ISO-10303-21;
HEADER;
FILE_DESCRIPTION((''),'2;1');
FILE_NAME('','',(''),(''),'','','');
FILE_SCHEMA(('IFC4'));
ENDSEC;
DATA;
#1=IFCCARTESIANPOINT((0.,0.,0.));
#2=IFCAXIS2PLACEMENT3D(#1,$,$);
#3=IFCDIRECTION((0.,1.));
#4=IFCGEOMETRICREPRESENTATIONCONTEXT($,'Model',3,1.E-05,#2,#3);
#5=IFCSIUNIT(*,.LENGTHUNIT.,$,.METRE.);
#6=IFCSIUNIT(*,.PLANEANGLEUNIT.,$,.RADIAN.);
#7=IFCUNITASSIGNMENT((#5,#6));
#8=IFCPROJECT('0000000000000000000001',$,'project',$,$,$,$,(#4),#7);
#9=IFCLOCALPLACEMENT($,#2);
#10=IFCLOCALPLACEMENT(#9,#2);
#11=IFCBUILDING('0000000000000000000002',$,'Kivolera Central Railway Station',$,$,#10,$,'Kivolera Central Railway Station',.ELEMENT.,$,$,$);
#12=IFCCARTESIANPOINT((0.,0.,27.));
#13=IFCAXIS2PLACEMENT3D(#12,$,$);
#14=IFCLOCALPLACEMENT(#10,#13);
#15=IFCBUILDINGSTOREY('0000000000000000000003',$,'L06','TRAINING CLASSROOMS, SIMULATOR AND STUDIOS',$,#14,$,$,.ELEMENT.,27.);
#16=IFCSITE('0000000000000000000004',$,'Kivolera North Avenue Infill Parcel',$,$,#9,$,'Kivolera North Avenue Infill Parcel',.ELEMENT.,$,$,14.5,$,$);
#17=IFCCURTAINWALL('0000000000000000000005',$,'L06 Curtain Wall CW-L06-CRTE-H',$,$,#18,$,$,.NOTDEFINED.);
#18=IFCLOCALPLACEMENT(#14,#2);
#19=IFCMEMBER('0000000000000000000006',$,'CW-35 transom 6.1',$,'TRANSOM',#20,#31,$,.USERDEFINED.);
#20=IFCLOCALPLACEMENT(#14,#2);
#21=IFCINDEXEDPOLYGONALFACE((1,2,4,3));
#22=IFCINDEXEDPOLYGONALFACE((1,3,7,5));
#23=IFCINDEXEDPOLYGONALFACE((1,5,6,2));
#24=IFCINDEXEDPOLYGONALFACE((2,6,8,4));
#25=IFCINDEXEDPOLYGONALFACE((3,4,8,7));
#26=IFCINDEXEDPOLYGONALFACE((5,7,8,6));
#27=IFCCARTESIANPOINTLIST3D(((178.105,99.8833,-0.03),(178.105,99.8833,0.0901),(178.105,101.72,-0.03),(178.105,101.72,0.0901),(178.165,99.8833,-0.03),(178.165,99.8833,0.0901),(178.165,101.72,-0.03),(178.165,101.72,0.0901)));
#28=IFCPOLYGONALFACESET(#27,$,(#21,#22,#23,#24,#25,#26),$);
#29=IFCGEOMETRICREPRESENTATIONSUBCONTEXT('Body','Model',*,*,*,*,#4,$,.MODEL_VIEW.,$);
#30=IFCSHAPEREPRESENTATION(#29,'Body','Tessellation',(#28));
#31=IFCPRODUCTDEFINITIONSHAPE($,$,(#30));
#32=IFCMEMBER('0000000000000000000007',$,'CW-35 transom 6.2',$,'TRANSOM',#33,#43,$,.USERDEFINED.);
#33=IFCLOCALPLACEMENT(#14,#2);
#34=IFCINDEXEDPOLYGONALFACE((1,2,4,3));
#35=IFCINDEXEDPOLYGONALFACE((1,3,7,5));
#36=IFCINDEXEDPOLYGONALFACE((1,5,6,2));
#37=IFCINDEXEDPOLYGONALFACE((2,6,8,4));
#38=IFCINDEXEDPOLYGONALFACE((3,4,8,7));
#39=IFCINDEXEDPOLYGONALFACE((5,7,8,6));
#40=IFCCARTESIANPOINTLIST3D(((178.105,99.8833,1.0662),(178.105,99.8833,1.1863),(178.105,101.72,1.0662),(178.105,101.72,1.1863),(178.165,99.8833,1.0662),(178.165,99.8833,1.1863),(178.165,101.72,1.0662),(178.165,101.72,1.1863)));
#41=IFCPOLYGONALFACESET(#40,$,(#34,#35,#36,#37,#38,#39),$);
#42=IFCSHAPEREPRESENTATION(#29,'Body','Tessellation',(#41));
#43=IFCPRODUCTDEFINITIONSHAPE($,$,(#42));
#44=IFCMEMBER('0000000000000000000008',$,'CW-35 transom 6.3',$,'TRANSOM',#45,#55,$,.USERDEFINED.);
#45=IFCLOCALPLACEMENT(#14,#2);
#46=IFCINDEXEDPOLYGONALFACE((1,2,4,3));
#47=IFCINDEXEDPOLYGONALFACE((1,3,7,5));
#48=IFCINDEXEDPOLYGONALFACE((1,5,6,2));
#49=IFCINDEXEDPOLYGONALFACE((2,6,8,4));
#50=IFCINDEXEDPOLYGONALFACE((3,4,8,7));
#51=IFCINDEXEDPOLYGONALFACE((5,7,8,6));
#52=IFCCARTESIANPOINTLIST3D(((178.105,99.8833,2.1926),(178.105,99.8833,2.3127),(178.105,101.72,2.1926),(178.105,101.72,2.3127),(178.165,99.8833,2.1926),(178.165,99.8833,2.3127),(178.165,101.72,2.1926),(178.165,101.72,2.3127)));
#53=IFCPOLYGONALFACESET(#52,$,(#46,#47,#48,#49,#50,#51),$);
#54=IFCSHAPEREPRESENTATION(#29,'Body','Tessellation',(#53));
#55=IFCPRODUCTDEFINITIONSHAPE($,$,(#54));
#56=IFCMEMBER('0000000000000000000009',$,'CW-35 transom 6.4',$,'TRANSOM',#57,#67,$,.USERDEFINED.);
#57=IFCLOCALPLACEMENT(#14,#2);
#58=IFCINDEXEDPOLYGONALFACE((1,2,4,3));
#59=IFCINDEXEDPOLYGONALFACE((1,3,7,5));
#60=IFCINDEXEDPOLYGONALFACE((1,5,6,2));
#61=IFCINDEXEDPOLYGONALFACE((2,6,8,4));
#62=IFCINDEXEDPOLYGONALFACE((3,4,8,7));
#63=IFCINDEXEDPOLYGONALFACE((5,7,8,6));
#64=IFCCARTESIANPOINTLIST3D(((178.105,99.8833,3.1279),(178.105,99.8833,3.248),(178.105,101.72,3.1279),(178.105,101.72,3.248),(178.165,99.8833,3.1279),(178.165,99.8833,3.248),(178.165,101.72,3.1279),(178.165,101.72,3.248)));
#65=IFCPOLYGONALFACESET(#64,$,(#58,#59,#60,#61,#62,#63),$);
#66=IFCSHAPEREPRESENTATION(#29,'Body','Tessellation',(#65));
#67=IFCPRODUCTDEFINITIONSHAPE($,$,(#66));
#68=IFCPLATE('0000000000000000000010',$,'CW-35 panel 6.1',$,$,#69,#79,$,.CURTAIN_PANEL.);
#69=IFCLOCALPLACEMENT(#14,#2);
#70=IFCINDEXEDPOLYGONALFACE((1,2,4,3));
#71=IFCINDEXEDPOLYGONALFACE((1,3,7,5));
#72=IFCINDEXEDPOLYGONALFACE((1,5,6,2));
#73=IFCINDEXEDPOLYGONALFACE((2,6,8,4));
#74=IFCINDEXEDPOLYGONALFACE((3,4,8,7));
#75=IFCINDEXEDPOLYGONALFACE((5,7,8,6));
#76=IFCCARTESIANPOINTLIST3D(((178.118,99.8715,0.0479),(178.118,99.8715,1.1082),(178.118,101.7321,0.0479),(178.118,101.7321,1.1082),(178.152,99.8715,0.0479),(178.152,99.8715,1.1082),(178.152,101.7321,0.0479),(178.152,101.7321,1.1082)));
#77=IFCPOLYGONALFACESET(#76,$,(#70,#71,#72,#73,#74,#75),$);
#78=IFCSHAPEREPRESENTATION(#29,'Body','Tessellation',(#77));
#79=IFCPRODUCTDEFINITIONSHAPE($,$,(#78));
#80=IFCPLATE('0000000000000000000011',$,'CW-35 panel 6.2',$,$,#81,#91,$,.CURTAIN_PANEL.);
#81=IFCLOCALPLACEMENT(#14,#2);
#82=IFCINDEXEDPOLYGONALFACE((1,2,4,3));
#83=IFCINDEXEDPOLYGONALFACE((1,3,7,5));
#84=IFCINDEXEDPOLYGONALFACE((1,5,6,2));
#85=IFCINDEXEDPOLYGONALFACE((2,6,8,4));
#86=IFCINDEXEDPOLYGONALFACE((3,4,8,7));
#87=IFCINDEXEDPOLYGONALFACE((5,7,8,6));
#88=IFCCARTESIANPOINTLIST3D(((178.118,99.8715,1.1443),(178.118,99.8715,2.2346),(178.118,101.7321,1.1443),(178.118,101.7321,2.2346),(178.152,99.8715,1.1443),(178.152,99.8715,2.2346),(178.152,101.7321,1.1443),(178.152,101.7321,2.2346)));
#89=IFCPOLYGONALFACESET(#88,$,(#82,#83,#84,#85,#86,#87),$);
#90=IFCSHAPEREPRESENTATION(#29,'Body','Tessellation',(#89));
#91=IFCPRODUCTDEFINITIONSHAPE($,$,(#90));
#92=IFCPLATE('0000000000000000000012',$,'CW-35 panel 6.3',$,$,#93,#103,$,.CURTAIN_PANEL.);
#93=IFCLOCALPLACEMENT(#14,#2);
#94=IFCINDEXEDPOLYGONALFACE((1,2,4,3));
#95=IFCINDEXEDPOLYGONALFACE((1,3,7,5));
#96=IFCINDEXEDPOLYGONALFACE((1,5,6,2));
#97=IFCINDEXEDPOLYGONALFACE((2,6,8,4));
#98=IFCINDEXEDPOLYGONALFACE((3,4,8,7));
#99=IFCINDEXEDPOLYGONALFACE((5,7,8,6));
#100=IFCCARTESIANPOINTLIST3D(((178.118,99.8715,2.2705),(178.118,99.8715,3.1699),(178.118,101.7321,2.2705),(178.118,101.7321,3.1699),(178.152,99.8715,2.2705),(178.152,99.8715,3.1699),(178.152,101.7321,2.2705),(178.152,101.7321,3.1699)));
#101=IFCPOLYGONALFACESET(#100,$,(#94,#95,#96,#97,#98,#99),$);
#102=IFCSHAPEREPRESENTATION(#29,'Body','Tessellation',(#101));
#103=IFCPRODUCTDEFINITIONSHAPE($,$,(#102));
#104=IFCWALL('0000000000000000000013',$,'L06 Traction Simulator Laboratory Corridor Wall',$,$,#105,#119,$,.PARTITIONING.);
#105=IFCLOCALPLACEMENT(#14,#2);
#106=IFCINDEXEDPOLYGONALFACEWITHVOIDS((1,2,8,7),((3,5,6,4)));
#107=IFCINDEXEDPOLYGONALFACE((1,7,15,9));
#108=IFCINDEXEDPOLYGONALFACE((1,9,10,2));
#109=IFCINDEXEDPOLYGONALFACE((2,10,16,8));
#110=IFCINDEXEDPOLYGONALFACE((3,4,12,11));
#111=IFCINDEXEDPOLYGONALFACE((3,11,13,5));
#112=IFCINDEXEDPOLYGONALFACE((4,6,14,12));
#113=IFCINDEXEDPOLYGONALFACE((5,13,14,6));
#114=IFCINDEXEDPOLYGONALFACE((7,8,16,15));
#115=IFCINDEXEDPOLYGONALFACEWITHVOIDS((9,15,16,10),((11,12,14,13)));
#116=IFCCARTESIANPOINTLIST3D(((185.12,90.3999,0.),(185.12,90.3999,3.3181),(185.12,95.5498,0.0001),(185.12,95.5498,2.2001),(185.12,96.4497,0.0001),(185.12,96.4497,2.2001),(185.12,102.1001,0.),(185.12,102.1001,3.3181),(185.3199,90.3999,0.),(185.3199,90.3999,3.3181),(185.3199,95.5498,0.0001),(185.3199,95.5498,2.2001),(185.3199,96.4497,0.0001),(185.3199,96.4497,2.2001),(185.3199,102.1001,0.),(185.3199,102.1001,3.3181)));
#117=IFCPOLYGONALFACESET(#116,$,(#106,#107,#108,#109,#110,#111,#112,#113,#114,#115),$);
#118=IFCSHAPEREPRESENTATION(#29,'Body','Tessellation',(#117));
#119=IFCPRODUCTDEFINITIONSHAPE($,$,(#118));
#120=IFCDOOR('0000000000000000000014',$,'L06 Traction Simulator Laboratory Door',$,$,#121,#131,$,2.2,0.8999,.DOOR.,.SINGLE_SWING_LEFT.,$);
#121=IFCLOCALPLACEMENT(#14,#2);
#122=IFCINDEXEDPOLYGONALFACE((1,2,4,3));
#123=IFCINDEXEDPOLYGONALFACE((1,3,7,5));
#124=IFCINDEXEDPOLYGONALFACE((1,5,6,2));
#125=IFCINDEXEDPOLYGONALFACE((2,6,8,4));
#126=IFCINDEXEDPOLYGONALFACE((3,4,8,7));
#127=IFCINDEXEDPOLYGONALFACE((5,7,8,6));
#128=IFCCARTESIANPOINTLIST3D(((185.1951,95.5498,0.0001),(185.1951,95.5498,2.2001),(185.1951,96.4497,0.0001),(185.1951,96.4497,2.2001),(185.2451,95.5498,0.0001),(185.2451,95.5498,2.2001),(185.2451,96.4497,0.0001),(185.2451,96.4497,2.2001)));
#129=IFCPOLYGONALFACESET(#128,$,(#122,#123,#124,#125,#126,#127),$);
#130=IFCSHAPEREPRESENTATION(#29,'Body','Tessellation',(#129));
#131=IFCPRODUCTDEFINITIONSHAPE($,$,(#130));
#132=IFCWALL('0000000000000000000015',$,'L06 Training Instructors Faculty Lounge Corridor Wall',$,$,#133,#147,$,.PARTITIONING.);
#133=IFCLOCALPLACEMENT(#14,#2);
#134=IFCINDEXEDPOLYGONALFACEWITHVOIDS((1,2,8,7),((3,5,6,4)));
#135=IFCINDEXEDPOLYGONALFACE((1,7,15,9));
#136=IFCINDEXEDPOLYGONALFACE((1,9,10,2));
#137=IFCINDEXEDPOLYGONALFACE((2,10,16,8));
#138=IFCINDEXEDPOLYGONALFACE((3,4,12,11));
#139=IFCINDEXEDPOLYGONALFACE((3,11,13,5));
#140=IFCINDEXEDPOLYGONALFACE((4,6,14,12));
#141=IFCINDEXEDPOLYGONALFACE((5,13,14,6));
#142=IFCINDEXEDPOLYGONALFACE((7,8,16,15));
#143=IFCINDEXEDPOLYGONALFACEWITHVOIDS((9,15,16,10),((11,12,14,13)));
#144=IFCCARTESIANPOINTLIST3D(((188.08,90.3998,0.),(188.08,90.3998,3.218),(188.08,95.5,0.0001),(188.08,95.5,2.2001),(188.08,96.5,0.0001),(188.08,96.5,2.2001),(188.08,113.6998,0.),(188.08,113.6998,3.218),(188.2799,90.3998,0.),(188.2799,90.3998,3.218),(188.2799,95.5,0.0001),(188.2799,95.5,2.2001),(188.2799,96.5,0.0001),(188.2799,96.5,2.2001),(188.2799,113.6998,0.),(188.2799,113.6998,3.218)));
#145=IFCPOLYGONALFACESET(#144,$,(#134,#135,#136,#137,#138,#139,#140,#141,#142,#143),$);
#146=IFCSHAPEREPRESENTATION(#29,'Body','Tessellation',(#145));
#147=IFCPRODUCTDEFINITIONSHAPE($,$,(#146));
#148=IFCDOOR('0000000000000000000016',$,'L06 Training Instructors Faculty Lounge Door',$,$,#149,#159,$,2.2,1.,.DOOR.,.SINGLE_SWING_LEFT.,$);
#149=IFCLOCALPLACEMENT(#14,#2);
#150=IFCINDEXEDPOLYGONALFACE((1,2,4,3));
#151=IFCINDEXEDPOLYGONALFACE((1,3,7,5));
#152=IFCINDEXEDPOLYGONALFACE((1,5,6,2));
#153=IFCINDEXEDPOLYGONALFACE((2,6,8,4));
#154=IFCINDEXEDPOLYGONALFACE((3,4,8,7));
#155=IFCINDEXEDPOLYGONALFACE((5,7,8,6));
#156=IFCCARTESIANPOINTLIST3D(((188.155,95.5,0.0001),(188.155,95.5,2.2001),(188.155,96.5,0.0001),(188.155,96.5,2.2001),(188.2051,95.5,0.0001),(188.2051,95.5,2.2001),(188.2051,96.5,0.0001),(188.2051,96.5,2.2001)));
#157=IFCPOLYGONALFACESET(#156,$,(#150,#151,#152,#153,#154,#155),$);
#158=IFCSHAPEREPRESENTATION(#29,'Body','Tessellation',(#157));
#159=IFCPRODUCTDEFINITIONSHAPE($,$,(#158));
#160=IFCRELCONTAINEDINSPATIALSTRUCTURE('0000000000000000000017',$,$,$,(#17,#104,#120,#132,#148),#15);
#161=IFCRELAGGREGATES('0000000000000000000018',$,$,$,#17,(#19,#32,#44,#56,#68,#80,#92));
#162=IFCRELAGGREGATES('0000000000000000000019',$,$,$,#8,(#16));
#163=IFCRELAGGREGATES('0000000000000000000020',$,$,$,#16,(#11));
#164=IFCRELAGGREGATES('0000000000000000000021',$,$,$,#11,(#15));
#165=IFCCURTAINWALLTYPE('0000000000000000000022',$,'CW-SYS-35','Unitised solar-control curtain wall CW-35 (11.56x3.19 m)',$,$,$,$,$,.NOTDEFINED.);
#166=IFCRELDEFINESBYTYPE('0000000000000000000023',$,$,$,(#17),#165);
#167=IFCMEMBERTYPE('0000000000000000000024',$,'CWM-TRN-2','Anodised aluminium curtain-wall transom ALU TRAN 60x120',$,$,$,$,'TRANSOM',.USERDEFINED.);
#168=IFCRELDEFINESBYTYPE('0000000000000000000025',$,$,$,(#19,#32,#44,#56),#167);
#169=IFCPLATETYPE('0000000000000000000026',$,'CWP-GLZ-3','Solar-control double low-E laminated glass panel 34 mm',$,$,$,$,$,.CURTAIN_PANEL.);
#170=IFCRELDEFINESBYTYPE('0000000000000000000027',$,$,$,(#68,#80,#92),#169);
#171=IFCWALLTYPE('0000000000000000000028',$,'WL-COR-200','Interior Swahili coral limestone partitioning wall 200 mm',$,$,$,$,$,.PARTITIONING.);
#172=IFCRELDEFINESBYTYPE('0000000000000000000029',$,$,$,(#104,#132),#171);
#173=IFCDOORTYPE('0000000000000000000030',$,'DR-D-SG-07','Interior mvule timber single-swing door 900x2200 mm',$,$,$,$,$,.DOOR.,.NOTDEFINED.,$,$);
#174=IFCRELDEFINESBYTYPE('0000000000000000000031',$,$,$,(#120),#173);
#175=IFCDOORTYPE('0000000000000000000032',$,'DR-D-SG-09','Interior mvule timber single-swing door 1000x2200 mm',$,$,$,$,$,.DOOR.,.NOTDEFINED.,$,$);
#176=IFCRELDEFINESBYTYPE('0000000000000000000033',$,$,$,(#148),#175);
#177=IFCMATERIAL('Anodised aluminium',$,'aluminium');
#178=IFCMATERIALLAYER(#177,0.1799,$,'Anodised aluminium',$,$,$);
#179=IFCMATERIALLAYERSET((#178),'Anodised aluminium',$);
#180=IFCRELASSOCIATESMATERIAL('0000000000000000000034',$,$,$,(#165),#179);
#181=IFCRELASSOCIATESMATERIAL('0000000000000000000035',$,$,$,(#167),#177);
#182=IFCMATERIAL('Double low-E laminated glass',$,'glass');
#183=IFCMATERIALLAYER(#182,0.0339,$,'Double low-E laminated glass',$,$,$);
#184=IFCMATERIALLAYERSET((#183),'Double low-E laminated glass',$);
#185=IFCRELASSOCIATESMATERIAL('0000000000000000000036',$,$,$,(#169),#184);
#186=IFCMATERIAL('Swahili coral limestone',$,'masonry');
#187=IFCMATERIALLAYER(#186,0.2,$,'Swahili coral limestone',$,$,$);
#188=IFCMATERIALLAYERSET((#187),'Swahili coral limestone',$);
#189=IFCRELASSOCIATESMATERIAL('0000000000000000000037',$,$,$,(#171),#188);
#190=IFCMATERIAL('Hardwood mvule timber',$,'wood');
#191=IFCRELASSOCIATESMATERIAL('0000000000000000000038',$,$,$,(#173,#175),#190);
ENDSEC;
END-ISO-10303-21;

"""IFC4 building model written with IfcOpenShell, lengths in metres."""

from ifc_helpers import new_model, si_unit, direction, frame, frame_2d, origin, origin_2d, place, context, subcontext, project, spatial, rectangle, extrude, material, layer, layer_set, material_profile, profile_set, type_object, element, fill, aggregate, save


model = new_model("IFC4")

# Units and contexts
model_context = context("Model", 3, precision=1e-05, world=origin(), true_north=direction((0.0, 1.0)))
body_context = subcontext(model_context, "Body", "Model", "MODEL_VIEW")
ifc_project = project(units=[si_unit("LENGTHUNIT", "METRE"), si_unit("PLANEANGLEUNIT", "RADIAN")], contexts=[model_context])

# Site, building, storey
site_placement = place(None, origin())
site = spatial("IfcSite", under=ifc_project, at=site_placement, Name="Kivolera North Avenue Infill Parcel", LongName="Kivolera North Avenue Infill Parcel", CompositionType="ELEMENT", RefElevation=14.5)
building_placement = place(site_placement, origin())
building = spatial("IfcBuilding", under=site, at=building_placement, Name="Kivolera Central Railway Station", LongName="Kivolera Central Railway Station", CompositionType="ELEMENT")
storey_placement = place(building_placement, frame((0.0, 0.0, 27.0)))
storey = spatial("IfcBuildingStorey", under=building, at=storey_placement, Name="L06", Description="TRAINING CLASSROOMS, SIMULATOR AND STUDIOS", CompositionType="ELEMENT", Elevation=27.0)

# Curtain wall, members, plates
ifc_material_1 = material(Name="Anodised aluminium", Category="aluminium")
ifc_layer_1 = layer(ifc_material_1, 0.1799, Name="Anodised aluminium")
ifc_layer_set_1 = layer_set([ifc_layer_1], Name="Anodised aluminium")
curtain_wall_type = type_object("IfcCurtainWallType", Name="CW-SYS-35", Description="Unitised solar-control curtain wall CW-35 (11.56x3.19 m)", PredefinedType="NOTDEFINED", material=ifc_layer_set_1)
curtain_wall_placement = place(storey_placement, origin())
curtain_wall = element("IfcCurtainWall", 1, at=curtain_wall_placement, inside=storey, type_object=curtain_wall_type, Name="L06 Curtain Wall CW-L06-CRTE-H", PredefinedType="NOTDEFINED")
ifc_material_profile_1 = material_profile(ifc_material_1, rectangle(XDim=0.0601, YDim=0.1201, at=origin_2d()), Name="ALU TRAN 60x120")
ifc_profile_set_1 = profile_set([ifc_material_profile_1], Name="Anodised aluminium")
member_type = type_object("IfcMemberType", Name="CWM-TRN-2", Description="Anodised aluminium curtain-wall transom ALU TRAN 60x120", ElementType="TRANSOM", PredefinedType="USERDEFINED", material=ifc_profile_set_1)
member_1_placement = place(storey_placement, frame((178.135, 99.8833, 0.03), z_axis=(0.0, 1.0, 0.0), x_axis=(-1.0, 0.0, 0.0)))
member_1 = element("IfcMember", 2, at=member_1_placement, type_object=member_type, Name="CW-35 transom 6.1", ObjectType="TRANSOM", PredefinedType="USERDEFINED", context=body_context, shape_type="SweptSolid", body=[
    extrude(rectangle(XDim=0.0601, YDim=0.1201, at=origin_2d()), origin(), (0.0, 0.0, 1.0), 1.8367),
])
member_2_placement = place(storey_placement, frame((178.135, 99.8833, 1.1262), z_axis=(0.0, 1.0, 0.0), x_axis=(-1.0, 0.0, 0.0)))
member_2 = element("IfcMember", 3, at=member_2_placement, type_object=member_type, Name="CW-35 transom 6.2", ObjectType="TRANSOM", PredefinedType="USERDEFINED", context=body_context, shape_type="SweptSolid", body=[
    extrude(rectangle(XDim=0.0601, YDim=0.1201, at=origin_2d()), origin(), (0.0, 0.0, 1.0), 1.8367),
])
member_3_placement = place(storey_placement, frame((178.135, 99.8833, 2.2527), z_axis=(0.0, 1.0, 0.0), x_axis=(-1.0, 0.0, 0.0)))
member_3 = element("IfcMember", 4, at=member_3_placement, type_object=member_type, Name="CW-35 transom 6.3", ObjectType="TRANSOM", PredefinedType="USERDEFINED", context=body_context, shape_type="SweptSolid", body=[
    extrude(rectangle(XDim=0.0601, YDim=0.1201, at=origin_2d()), origin(), (0.0, 0.0, 1.0), 1.8367),
])
member_4_placement = place(storey_placement, frame((178.135, 99.8833, 3.188), z_axis=(0.0, 1.0, 0.0), x_axis=(-1.0, 0.0, 0.0)))
member_4 = element("IfcMember", 5, at=member_4_placement, type_object=member_type, Name="CW-35 transom 6.4", ObjectType="TRANSOM", PredefinedType="USERDEFINED", context=body_context, shape_type="SweptSolid", body=[
    extrude(rectangle(XDim=0.0601, YDim=0.1201, at=origin_2d()), origin(), (0.0, 0.0, 1.0), 1.8367),
])
ifc_material_2 = material(Name="Double low-E laminated glass", Category="glass")
ifc_layer_2 = layer(ifc_material_2, 0.0339, Name="Double low-E laminated glass")
ifc_layer_set_2 = layer_set([ifc_layer_2], Name="Double low-E laminated glass")
plate_type = type_object("IfcPlateType", Name="CWP-GLZ-3", Description="Solar-control double low-E laminated glass panel 34 mm", PredefinedType="CURTAIN_PANEL", material=ifc_layer_set_2)
plate_1_placement = place(storey_placement, frame((178.135, 100.8018, 0.0479), z_axis=(0.0, 0.0, 1.0), x_axis=(0.0, 1.0, 0.0)))
plate_1 = element("IfcPlate", 6, at=plate_1_placement, type_object=plate_type, Name="CW-35 panel 6.1", PredefinedType="CURTAIN_PANEL", context=body_context, shape_type="SweptSolid", body=[
    extrude(rectangle(XDim=1.8606, YDim=0.0339, at=origin_2d()), origin(), (0.0, 0.0, 1.0), 1.0603),
])
plate_2_placement = place(storey_placement, frame((178.135, 100.8018, 1.1443), z_axis=(0.0, 0.0, 1.0), x_axis=(0.0, 1.0, 0.0)))
plate_2 = element("IfcPlate", 7, at=plate_2_placement, type_object=plate_type, Name="CW-35 panel 6.2", PredefinedType="CURTAIN_PANEL", context=body_context, shape_type="SweptSolid", body=[
    extrude(rectangle(XDim=1.8606, YDim=0.0339, at=origin_2d()), origin(), (0.0, 0.0, 1.0), 1.0903),
])
plate_3_placement = place(storey_placement, frame((178.135, 100.8018, 2.2705), z_axis=(0.0, 0.0, 1.0), x_axis=(0.0, 1.0, 0.0)))
plate_3 = element("IfcPlate", 8, at=plate_3_placement, type_object=plate_type, Name="CW-35 panel 6.3", PredefinedType="CURTAIN_PANEL", context=body_context, shape_type="SweptSolid", body=[
    extrude(rectangle(XDim=1.8606, YDim=0.0339, at=origin_2d()), origin(), (0.0, 0.0, 1.0), 0.8994),
])
aggregate(curtain_wall, [member_1, member_2, member_3, member_4, plate_1, plate_2, plate_3])

# Walls, openings, doors
ifc_material_3 = material(Name="Swahili coral limestone", Category="masonry")
ifc_layer_3 = layer(ifc_material_3, 0.2, Name="Swahili coral limestone")
ifc_layer_set_3 = layer_set([ifc_layer_3], Name="Swahili coral limestone")
wall_type_1 = type_object("IfcWallType", Name="WL-COR-200", Description="Interior Swahili coral limestone partitioning wall 200 mm", PredefinedType="PARTITIONING", material=ifc_layer_set_3)
wall_1_placement = place(storey_placement, frame((185.22, 90.3999, 0.0), z_axis=(0.0, 0.0, 1.0), x_axis=(0.0, 1.0, 0.0)))
wall_1 = element("IfcWall", 9, at=wall_1_placement, inside=storey, type_object=wall_type_1, Name="L06 Traction Simulator Laboratory Corridor Wall", PredefinedType="PARTITIONING", context=body_context, shape_type="SweptSolid", body=[
    extrude(rectangle(XDim=11.7002, YDim=0.2, at=frame_2d((5.8501, 0.0))), origin(), (0.0, 0.0, 1.0), 3.3181),
])
opening_1_placement = place(wall_1_placement, frame((5.1499, 0.0, 0.0)))
opening_1 = element("IfcOpeningElement", 10, at=opening_1_placement, cuts=wall_1, PredefinedType="OPENING", context=body_context, shape_type="SweptSolid", body=[
    extrude(rectangle(XDim=0.8999, YDim=2.2, at=frame_2d((0.45, 1.1001))), frame((0.0, 0.1099, 0.0), z_axis=(0.0, -1.0, 0.0), x_axis=(1.0, 0.0, 0.0)), (0.0, 0.0, 1.0), 0.22),
])
ifc_material_4 = material(Name="Hardwood mvule timber", Category="wood")
door_type_1 = type_object("IfcDoorType", Name="DR-D-SG-07", Description="Interior mvule timber single-swing door 900x2200 mm", OperationType="NOTDEFINED", PredefinedType="DOOR", material=ifc_material_4)
door_1_placement = place(opening_1_placement, origin())
door_1 = element("IfcDoor", 11, at=door_1_placement, inside=storey, type_object=door_type_1, Name="L06 Traction Simulator Laboratory Door", OperationType="SINGLE_SWING_LEFT", OverallHeight=2.2, OverallWidth=0.8999, PredefinedType="DOOR", context=body_context, shape_type="SweptSolid", body=[
    extrude(rectangle(XDim=0.8999, YDim=2.2, at=frame_2d((0.45, 1.1001))), frame((0.0, 0.0249, 0.0), z_axis=(0.0, -1.0, 0.0), x_axis=(1.0, 0.0, 0.0)), (0.0, 0.0, 1.0), 0.05),
])
fill(opening_1, door_1)
wall_2_placement = place(storey_placement, frame((188.1799, 90.3999, 0.0), z_axis=(0.0, 0.0, 1.0), x_axis=(0.0, 1.0, 0.0)))
wall_2 = element("IfcWall", 12, at=wall_2_placement, inside=storey, type_object=wall_type_1, Name="L06 Training Instructors Faculty Lounge Corridor Wall", PredefinedType="PARTITIONING", context=body_context, shape_type="SweptSolid", body=[
    extrude(rectangle(XDim=23.3, YDim=0.2, at=frame_2d((11.6499, 0.0))), origin(), (0.0, 0.0, 1.0), 3.218),
])
opening_2_placement = place(wall_2_placement, frame((5.1001, 0.0, 0.0)))
opening_2 = element("IfcOpeningElement", 13, at=opening_2_placement, cuts=wall_2, PredefinedType="OPENING", context=body_context, shape_type="SweptSolid", body=[
    extrude(rectangle(XDim=1.0, YDim=2.2, at=frame_2d((0.5, 1.1001))), frame((0.0, 0.1099, 0.0), z_axis=(0.0, -1.0, 0.0), x_axis=(1.0, 0.0, 0.0)), (0.0, 0.0, 1.0), 0.22),
])
door_type_2 = type_object("IfcDoorType", Name="DR-D-SG-09", Description="Interior mvule timber single-swing door 1000x2200 mm", OperationType="NOTDEFINED", PredefinedType="DOOR", material=ifc_material_4)
door_2_placement = place(opening_2_placement, origin())
door_2 = element("IfcDoor", 14, at=door_2_placement, inside=storey, type_object=door_type_2, Name="L06 Training Instructors Faculty Lounge Door", OperationType="SINGLE_SWING_LEFT", OverallHeight=2.2, OverallWidth=1.0, PredefinedType="DOOR", context=body_context, shape_type="SweptSolid", body=[
    extrude(rectangle(XDim=1.0, YDim=2.2, at=frame_2d((0.5, 1.1001))), frame((0.0, 0.0249, 0.0), z_axis=(0.0, -1.0, 0.0), x_axis=(1.0, 0.0, 0.0)), (0.0, 0.0, 1.0), 0.05),
])
fill(opening_2, door_2)

save(model, "model.ifc")
